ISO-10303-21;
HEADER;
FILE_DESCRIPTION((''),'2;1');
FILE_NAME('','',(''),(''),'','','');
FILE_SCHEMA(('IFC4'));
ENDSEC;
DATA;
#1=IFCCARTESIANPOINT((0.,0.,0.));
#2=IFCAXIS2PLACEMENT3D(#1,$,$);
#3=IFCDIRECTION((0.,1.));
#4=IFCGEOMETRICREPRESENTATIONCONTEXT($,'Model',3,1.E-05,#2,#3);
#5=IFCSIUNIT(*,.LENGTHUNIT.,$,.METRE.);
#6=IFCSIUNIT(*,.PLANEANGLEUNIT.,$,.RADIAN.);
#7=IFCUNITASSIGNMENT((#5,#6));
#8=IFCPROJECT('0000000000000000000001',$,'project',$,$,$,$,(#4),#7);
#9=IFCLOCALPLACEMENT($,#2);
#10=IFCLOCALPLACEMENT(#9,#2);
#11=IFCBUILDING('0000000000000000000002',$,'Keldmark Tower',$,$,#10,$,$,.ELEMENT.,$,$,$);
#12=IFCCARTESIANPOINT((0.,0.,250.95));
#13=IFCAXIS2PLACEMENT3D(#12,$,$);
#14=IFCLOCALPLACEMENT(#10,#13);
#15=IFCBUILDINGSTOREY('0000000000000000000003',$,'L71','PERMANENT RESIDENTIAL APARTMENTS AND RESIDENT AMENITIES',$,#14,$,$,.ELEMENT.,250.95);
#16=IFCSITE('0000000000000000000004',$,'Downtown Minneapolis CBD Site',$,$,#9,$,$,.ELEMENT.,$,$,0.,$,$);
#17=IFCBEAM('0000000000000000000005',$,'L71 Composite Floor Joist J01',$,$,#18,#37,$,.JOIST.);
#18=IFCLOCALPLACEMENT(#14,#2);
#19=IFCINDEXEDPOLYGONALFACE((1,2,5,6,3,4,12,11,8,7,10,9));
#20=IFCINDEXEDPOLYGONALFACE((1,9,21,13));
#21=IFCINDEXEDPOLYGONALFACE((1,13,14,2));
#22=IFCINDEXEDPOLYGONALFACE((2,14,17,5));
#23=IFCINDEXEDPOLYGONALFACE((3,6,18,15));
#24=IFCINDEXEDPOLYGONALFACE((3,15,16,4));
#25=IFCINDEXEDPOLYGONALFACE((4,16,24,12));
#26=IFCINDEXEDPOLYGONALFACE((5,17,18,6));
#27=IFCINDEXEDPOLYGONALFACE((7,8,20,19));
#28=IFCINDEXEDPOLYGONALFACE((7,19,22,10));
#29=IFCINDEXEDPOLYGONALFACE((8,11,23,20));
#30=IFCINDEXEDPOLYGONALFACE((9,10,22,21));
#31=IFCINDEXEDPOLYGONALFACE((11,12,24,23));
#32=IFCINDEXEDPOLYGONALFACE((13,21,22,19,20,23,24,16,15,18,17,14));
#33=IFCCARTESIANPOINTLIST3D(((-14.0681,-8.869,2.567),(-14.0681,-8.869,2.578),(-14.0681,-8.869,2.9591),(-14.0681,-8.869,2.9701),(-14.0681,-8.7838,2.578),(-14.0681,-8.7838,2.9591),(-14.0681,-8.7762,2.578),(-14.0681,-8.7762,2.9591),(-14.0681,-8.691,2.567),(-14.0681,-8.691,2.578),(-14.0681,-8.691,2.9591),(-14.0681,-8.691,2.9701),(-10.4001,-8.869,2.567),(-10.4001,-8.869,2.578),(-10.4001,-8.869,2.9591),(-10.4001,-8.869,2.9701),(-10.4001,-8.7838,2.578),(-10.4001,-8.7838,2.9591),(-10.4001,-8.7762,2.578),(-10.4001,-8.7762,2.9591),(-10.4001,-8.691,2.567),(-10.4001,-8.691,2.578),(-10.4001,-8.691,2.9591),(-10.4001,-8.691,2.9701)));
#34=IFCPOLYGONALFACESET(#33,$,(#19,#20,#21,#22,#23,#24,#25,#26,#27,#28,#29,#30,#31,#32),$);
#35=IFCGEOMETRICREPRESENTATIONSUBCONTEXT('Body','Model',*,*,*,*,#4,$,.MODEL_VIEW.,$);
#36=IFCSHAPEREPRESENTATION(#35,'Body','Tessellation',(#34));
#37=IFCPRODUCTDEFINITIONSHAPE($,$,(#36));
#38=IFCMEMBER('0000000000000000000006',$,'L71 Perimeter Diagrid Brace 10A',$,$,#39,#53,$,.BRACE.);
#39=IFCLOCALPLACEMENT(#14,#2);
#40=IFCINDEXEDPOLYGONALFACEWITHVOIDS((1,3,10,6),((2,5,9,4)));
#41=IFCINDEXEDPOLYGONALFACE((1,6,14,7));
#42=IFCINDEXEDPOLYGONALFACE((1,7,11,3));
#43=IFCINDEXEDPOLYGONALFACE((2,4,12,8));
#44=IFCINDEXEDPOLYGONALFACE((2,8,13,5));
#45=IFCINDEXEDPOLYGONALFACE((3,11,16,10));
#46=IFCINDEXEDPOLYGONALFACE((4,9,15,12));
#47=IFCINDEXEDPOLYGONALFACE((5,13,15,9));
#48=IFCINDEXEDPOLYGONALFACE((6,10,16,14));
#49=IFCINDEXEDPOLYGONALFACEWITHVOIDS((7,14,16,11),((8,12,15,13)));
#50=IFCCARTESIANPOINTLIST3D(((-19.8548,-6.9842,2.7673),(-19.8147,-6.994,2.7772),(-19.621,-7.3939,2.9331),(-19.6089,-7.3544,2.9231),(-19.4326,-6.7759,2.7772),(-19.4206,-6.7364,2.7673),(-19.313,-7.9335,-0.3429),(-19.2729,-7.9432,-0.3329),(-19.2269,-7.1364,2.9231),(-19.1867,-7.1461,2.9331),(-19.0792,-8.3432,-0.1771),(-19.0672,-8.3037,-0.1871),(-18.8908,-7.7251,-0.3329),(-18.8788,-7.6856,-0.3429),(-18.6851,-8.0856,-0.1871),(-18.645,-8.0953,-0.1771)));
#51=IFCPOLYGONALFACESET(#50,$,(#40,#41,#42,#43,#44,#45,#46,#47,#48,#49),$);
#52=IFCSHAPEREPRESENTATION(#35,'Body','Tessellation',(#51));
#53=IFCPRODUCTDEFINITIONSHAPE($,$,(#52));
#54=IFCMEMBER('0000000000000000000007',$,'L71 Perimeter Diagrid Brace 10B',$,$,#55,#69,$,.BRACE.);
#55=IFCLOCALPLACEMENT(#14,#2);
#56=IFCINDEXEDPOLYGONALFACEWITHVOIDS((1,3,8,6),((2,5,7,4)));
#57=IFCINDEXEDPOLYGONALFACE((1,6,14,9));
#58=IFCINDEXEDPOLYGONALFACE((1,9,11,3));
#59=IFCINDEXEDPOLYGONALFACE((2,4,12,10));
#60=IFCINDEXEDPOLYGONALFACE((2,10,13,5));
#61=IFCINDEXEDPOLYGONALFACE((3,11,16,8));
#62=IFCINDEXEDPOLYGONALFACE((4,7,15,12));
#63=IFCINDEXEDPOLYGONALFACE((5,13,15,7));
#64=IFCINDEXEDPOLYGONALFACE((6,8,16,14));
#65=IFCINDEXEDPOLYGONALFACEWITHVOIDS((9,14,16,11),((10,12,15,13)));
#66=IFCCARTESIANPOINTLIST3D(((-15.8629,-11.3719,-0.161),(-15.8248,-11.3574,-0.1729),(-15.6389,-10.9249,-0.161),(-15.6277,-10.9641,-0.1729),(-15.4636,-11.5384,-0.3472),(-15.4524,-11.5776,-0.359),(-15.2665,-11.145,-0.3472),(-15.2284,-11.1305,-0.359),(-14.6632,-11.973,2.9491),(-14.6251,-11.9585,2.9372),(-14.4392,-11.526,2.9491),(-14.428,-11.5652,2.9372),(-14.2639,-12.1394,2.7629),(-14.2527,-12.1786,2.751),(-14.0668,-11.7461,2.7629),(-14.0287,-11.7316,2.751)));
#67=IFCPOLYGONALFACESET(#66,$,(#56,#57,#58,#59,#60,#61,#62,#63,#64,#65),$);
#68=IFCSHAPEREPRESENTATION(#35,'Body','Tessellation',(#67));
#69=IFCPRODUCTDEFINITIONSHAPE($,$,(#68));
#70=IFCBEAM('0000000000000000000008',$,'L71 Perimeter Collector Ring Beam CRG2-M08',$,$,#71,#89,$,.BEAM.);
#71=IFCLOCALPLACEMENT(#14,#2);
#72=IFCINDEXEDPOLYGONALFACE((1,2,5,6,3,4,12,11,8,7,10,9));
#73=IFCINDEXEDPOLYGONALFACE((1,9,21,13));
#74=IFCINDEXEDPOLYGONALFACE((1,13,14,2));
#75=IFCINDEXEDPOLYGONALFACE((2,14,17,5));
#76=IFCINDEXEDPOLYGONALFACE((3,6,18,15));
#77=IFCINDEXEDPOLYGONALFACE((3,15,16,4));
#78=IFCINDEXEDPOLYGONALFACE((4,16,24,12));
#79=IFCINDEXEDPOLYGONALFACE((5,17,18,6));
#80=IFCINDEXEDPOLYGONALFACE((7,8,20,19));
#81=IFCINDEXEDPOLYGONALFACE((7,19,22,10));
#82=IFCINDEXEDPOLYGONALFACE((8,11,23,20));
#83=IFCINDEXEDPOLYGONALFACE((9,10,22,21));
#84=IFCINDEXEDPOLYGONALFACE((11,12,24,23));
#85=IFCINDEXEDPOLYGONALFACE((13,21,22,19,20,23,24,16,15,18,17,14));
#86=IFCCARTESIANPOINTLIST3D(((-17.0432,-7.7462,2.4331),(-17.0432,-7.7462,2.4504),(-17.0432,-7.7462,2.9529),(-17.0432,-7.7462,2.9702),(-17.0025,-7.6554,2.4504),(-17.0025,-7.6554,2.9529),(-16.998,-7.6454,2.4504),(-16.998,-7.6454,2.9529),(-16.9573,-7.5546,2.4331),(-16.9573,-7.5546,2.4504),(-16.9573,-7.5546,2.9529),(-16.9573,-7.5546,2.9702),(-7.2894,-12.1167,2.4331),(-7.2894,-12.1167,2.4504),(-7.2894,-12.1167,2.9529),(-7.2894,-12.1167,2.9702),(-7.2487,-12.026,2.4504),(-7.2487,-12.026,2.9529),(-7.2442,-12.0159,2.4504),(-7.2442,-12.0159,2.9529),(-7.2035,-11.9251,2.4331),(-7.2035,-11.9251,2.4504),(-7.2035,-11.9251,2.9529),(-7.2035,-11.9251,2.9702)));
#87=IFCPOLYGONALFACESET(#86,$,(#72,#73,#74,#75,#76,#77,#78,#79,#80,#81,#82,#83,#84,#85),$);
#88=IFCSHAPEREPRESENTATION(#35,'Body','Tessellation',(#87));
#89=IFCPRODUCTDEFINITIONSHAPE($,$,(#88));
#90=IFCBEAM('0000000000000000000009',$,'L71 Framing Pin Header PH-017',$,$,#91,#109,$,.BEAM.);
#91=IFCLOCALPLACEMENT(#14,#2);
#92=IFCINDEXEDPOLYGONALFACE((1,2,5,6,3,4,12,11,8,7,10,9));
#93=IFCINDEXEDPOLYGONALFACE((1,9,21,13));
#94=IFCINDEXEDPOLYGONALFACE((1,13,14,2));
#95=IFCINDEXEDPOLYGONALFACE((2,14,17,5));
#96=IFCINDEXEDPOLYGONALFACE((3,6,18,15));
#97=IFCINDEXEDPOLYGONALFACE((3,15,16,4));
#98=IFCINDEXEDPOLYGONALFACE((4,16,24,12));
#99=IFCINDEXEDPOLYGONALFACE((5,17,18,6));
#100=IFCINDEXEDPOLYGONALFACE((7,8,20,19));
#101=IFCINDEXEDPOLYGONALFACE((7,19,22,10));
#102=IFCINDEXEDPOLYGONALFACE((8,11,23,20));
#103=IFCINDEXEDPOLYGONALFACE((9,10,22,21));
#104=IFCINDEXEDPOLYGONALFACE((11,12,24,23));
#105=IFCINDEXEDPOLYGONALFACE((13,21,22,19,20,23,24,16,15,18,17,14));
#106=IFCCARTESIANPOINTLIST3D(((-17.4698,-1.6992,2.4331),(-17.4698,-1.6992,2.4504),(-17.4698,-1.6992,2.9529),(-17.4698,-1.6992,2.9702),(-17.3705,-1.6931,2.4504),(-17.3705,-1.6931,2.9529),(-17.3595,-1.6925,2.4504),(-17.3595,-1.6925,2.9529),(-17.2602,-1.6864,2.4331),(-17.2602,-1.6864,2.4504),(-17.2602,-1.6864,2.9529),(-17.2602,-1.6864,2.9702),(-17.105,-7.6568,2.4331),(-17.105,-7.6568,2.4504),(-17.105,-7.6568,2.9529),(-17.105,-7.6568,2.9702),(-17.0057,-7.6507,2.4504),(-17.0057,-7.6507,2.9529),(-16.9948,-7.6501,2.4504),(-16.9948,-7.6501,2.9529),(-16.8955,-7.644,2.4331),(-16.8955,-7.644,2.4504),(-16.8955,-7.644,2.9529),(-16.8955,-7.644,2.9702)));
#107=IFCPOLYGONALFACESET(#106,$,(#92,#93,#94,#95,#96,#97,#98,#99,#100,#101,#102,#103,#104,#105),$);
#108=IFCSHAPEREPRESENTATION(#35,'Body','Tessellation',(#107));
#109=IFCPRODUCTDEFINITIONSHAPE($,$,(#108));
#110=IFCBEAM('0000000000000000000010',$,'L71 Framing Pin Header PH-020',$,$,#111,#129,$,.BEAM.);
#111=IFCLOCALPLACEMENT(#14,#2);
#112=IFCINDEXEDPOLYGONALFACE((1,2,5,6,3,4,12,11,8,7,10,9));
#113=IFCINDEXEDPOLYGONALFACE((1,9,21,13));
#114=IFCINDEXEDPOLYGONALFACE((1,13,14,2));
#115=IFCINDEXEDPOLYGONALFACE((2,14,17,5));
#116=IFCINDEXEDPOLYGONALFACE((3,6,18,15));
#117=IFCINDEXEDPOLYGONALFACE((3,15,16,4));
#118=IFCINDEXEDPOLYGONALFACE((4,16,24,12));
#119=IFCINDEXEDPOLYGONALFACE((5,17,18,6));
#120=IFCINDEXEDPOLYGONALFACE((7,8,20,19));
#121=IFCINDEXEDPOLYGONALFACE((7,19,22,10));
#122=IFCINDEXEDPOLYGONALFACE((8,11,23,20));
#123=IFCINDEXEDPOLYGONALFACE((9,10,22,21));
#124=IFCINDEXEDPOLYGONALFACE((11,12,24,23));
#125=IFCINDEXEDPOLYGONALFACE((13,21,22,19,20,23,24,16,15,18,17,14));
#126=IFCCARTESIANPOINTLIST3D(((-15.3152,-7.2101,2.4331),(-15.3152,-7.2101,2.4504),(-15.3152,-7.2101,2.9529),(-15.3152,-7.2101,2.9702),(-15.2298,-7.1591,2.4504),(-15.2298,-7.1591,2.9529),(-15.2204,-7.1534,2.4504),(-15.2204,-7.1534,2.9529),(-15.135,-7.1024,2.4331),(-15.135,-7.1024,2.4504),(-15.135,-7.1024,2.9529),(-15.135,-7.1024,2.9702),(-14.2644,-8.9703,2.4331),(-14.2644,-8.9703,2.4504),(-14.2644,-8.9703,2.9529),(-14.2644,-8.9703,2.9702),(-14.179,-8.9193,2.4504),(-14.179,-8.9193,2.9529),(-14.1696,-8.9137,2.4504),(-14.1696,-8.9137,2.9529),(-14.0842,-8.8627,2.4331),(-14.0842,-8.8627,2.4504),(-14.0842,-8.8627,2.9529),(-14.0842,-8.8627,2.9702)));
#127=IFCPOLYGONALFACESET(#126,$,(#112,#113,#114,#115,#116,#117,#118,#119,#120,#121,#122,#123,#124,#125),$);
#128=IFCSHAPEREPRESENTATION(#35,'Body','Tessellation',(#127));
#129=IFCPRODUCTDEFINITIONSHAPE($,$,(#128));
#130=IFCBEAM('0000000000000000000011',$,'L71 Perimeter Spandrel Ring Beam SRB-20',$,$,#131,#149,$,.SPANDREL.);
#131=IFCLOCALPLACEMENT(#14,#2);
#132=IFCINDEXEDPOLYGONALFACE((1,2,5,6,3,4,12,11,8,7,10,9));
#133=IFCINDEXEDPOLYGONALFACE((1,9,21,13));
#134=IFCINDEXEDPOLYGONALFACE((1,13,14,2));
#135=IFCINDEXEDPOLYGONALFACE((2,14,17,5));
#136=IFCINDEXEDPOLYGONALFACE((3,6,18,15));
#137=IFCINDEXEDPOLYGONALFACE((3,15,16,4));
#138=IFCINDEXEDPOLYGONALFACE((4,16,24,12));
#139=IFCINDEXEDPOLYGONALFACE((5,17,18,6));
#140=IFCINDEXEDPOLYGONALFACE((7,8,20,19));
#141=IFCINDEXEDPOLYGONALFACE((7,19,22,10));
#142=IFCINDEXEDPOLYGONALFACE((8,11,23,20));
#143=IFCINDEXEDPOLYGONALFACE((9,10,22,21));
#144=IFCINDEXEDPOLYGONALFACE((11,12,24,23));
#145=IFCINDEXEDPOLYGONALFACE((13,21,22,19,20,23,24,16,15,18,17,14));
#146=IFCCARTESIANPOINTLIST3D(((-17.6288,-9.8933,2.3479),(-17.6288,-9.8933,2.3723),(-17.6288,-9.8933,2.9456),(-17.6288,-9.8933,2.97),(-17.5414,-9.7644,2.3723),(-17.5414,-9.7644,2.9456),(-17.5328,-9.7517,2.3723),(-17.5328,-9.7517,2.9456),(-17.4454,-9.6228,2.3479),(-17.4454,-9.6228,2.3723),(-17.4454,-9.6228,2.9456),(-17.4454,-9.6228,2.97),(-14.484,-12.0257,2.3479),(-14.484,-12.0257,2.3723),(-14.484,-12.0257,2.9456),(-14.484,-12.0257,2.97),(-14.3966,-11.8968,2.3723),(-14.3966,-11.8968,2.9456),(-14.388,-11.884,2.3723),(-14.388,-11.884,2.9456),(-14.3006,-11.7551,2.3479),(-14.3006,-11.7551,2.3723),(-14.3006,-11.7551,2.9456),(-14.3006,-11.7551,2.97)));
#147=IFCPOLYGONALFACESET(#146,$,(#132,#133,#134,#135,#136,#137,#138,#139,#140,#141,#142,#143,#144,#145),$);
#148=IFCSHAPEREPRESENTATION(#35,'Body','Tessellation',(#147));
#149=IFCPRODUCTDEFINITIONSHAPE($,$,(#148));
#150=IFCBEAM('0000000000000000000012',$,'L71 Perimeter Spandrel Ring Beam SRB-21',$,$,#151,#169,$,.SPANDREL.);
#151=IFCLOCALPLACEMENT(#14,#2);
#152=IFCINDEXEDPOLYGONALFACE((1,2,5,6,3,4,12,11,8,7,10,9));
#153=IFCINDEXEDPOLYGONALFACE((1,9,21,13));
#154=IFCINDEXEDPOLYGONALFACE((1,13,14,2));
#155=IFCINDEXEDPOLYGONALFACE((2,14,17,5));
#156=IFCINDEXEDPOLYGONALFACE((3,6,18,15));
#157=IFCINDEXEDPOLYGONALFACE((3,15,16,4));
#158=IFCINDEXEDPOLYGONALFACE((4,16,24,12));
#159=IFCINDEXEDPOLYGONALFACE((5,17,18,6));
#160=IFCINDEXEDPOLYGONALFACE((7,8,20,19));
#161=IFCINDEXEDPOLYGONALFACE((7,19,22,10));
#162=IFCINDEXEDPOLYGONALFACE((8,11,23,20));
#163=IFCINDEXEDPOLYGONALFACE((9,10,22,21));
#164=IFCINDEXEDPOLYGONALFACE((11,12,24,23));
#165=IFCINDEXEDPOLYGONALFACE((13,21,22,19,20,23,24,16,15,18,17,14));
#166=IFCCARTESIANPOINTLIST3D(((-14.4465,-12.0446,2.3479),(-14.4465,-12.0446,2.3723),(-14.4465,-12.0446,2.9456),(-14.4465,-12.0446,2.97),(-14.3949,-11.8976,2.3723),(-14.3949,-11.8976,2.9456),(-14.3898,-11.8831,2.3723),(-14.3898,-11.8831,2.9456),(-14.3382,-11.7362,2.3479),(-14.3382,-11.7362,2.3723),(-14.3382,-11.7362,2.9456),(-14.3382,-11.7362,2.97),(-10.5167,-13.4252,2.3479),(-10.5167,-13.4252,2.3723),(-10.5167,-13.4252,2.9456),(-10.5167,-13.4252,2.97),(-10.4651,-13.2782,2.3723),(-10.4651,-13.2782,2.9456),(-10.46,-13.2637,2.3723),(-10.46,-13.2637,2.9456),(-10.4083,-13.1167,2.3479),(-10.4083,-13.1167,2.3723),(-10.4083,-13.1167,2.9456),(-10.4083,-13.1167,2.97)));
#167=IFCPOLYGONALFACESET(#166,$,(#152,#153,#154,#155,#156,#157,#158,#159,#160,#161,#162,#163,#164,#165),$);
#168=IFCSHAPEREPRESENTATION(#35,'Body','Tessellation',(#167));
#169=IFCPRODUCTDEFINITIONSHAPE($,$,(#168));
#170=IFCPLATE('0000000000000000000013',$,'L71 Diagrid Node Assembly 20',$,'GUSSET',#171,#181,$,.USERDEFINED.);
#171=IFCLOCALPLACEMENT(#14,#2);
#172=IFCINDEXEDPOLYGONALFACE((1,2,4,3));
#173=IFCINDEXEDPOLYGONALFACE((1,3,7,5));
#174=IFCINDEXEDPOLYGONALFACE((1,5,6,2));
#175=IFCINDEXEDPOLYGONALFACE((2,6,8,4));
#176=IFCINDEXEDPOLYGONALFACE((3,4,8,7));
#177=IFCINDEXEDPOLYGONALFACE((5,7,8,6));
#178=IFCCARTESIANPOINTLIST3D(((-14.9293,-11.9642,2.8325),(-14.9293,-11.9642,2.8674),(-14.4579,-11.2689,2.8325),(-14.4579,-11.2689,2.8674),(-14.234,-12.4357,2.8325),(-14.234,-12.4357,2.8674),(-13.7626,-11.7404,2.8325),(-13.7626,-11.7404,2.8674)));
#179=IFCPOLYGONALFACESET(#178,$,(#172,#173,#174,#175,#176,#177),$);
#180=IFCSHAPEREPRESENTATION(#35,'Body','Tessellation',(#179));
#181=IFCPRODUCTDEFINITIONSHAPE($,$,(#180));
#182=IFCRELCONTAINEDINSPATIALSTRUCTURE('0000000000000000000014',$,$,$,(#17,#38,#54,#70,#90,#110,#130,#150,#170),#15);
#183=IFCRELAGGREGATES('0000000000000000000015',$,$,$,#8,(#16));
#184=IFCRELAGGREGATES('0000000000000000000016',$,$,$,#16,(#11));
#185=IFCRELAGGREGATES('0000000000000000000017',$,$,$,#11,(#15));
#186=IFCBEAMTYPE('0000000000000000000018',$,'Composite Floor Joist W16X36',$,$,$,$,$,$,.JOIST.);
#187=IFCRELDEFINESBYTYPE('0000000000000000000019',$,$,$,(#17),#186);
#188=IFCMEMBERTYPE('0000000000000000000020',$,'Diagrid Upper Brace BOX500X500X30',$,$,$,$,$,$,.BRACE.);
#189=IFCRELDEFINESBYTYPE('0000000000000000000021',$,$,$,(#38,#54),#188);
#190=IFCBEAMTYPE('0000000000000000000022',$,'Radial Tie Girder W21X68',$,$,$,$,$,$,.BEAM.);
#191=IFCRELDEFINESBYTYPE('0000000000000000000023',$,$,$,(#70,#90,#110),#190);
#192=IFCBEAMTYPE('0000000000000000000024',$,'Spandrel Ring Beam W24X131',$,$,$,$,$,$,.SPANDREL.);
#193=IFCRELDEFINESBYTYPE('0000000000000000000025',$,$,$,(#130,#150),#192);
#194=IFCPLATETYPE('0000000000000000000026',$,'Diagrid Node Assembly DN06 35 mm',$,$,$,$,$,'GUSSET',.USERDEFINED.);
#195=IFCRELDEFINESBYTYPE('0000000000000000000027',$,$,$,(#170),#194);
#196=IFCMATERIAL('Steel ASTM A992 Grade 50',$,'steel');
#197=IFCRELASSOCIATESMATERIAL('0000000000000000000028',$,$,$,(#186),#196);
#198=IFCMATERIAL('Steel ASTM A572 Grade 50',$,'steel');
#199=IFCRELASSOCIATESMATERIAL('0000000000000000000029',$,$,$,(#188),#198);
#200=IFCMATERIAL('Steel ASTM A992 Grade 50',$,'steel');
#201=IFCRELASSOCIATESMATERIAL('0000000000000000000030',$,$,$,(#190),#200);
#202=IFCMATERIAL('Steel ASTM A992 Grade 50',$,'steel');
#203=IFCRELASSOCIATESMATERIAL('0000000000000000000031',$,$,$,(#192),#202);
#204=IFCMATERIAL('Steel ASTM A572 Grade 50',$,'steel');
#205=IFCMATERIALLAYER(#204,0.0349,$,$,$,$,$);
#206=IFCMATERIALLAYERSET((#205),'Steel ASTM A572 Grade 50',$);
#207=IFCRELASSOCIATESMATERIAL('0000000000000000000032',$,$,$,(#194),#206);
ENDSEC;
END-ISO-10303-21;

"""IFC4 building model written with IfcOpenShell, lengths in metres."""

from ifc_helpers import new_model, si_unit, direction, frame, origin, origin_2d, place, context, subcontext, project, spatial, rectangle, hollow_rectangle, i_section, extrude, material, layer, layer_set, material_profile, profile_set, type_object, element, save


model = new_model("IFC4")

# Units and contexts
model_context = context("Model", 3, precision=1e-05, world=origin(), true_north=direction((0.0, 1.0)))
body_context = subcontext(model_context, "Body", "Model", "MODEL_VIEW")
ifc_project = project(units=[si_unit("LENGTHUNIT", "METRE"), si_unit("PLANEANGLEUNIT", "RADIAN")], contexts=[model_context])

# Site, building, storey
site_placement = place(None, origin())
site = spatial("IfcSite", under=ifc_project, at=site_placement, Name="Downtown Minneapolis CBD Site", CompositionType="ELEMENT", RefElevation=0.0)
building_placement = place(site_placement, origin())
building = spatial("IfcBuilding", under=site, at=building_placement, Name="Keldmark Tower", CompositionType="ELEMENT")
storey_placement = place(building_placement, frame((0.0, 0.0, 250.95)))
storey = spatial("IfcBuildingStorey", under=building, at=storey_placement, Name="L71", Description="PERMANENT RESIDENTIAL APARTMENTS AND RESIDENT AMENITIES", CompositionType="ELEMENT", Elevation=250.95)

# Beam
ifc_material_1 = material(Name="Steel ASTM A992 Grade 50", Category="steel")
ifc_material_profile_1 = material_profile(ifc_material_1, i_section(OverallWidth=0.178, OverallDepth=0.4031, WebThickness=0.0076, FlangeThickness=0.011, at=origin_2d()), Name="W16X36")
ifc_profile_set_1 = profile_set([ifc_material_profile_1], Name="Steel ASTM A992 Grade 50")
beam_type_1 = type_object("IfcBeamType", Name="Composite Floor Joist W16X36", PredefinedType="JOIST", material=ifc_profile_set_1)
beam_1_placement = place(storey_placement, frame((-14.0681, -8.78, 2.7686), z_axis=(1.0, 0.0, 0.0), x_axis=(0.0, 1.0, 0.0)))
element("IfcBeam", 1, at=beam_1_placement, inside=storey, type_object=beam_type_1, Name="L71 Composite Floor Joist J01", PredefinedType="JOIST", context=body_context, shape_type="SweptSolid", body=[
    extrude(i_section(OverallWidth=0.178, OverallDepth=0.4031, WebThickness=0.0076, FlangeThickness=0.011, at=origin_2d()), origin(), (0.0, 0.0, 1.0), 3.668),
])

# Members
ifc_material_2 = material(Name="Steel ASTM A572 Grade 50", Category="steel")
ifc_material_profile_2 = material_profile(ifc_material_2, hollow_rectangle(XDim=0.5, YDim=0.5, WallThickness=0.03, at=origin_2d()), Name="BOX500X500X30")
ifc_profile_set_2 = profile_set([ifc_material_profile_2], Name="Steel ASTM A572 Grade 50")
member_type = type_object("IfcMemberType", Name="Diagrid Upper Brace BOX500X500X30", PredefinedType="BRACE", material=ifc_profile_set_2)
member_1_placement = place(storey_placement, frame((-18.979, -8.0144, -0.26), z_axis=(-0.164338, 0.287943, 0.943442), x_axis=(-0.868504, -0.495682, 0.0)))
element("IfcMember", 2, at=member_1_placement, inside=storey, type_object=member_type, Name="L71 Perimeter Diagrid Brace 10A", PredefinedType="BRACE", context=body_context, shape_type="SweptSolid", body=[
    extrude(hollow_rectangle(XDim=0.5, YDim=0.5, WallThickness=0.03, at=origin_2d()), origin(), (0.0, 0.0, 1.0), 3.2966),
])
member_2_placement = place(storey_placement, frame((-15.5457, -11.2512, -0.26), z_axis=(0.354185, -0.177453, 0.918185), x_axis=(0.447941, 0.894063, 0.0)))
element("IfcMember", 3, at=member_2_placement, inside=storey, type_object=member_type, Name="L71 Perimeter Diagrid Brace 10B", PredefinedType="BRACE", context=body_context, shape_type="SweptSolid", body=[
    extrude(hollow_rectangle(XDim=0.5, YDim=0.5, WallThickness=0.03, at=origin_2d()), origin(), (0.0, 0.0, 1.0), 3.3872),
])

# Beams
ifc_material_3 = material(Name="Steel ASTM A992 Grade 50", Category="steel")
ifc_material_profile_3 = material_profile(ifc_material_3, i_section(OverallWidth=0.21, OverallDepth=0.5371, WebThickness=0.011, FlangeThickness=0.0173, at=origin_2d()), Name="W21X68")
ifc_profile_set_3 = profile_set([ifc_material_profile_3], Name="Steel ASTM A992 Grade 50")
beam_type_2 = type_object("IfcBeamType", Name="Radial Tie Girder W21X68", PredefinedType="BEAM", material=ifc_profile_set_3)
beam_2_placement = place(storey_placement, frame((-17.0002, -7.6504, 2.7017), z_axis=(0.912573, -0.408913, 0.0), x_axis=(0.408913, 0.912573, 0.0)))
element("IfcBeam", 4, at=beam_2_placement, inside=storey, type_object=beam_type_2, Name="L71 Perimeter Collector Ring Beam CRG2-M08", PredefinedType="BEAM", context=body_context, shape_type="SweptSolid", body=[
    extrude(i_section(OverallWidth=0.21, OverallDepth=0.5371, WebThickness=0.011, FlangeThickness=0.0173, at=origin_2d()), origin(), (0.0, 0.0, 1.0), 10.6882),
])
beam_3_placement = place(storey_placement, frame((-17.0002, -7.6504, 2.7017), z_axis=(-0.06111, 0.998131, 0.0), x_axis=(-0.998131, -0.06111, 0.0)))
element("IfcBeam", 5, at=beam_3_placement, inside=storey, type_object=beam_type_2, Name="L71 Framing Pin Header PH-017", PredefinedType="BEAM", context=body_context, shape_type="SweptSolid", body=[
    extrude(i_section(OverallWidth=0.21, OverallDepth=0.5371, WebThickness=0.011, FlangeThickness=0.0173, at=origin_2d()), origin(), (0.0, 0.0, 1.0), 5.9688),
])
beam_4_placement = place(storey_placement, frame((-15.2251, -7.1562, 2.7017), z_axis=(0.512568, -0.858647, 0.0), x_axis=(0.858647, 0.512568, 0.0)))
element("IfcBeam", 6, at=beam_4_placement, inside=storey, type_object=beam_type_2, Name="L71 Framing Pin Header PH-020", PredefinedType="BEAM", context=body_context, shape_type="SweptSolid", body=[
    extrude(i_section(OverallWidth=0.21, OverallDepth=0.5371, WebThickness=0.011, FlangeThickness=0.0173, at=origin_2d()), origin(), (0.0, 0.0, 1.0), 2.05),
])
ifc_material_4 = material(Name="Steel ASTM A992 Grade 50", Category="steel")
ifc_material_profile_4 = material_profile(ifc_material_4, i_section(OverallWidth=0.3269, OverallDepth=0.6221, WebThickness=0.0154, FlangeThickness=0.0244, at=origin_2d()), Name="W24X131")
ifc_profile_set_4 = profile_set([ifc_material_profile_4], Name="Steel ASTM A992 Grade 50")
beam_type_3 = type_object("IfcBeamType", Name="Spandrel Ring Beam W24X131", PredefinedType="SPANDREL", material=ifc_profile_set_4)
beam_5_placement = place(storey_placement, frame((-17.5371, -9.7581, 2.6589), z_axis=(0.827675, -0.561208, 0.0), x_axis=(0.561208, 0.827675, 0.0)))
element("IfcBeam", 7, at=beam_5_placement, inside=storey, type_object=beam_type_3, Name="L71 Perimeter Spandrel Ring Beam SRB-20", PredefinedType="SPANDREL", context=body_context, shape_type="SweptSolid", body=[
    extrude(i_section(OverallWidth=0.3269, OverallDepth=0.6221, WebThickness=0.0154, FlangeThickness=0.0244, at=origin_2d()), origin(), (0.0, 0.0, 1.0), 3.7996),
])
beam_6_placement = place(storey_placement, frame((-14.3923, -11.8904, 2.6589), z_axis=(0.943473, -0.331449, 0.0), x_axis=(0.331449, 0.943473, 0.0)))
element("IfcBeam", 8, at=beam_6_placement, inside=storey, type_object=beam_type_3, Name="L71 Perimeter Spandrel Ring Beam SRB-21", PredefinedType="SPANDREL", context=body_context, shape_type="SweptSolid", body=[
    extrude(i_section(OverallWidth=0.3269, OverallDepth=0.6221, WebThickness=0.0154, FlangeThickness=0.0244, at=origin_2d()), origin(), (0.0, 0.0, 1.0), 4.1653),
])

# Plate
ifc_material_5 = material(Name="Steel ASTM A572 Grade 50", Category="steel")
ifc_layer_1 = layer(ifc_material_5, 0.0349)
ifc_layer_set_1 = layer_set([ifc_layer_1], Name="Steel ASTM A572 Grade 50")
plate_type = type_object("IfcPlateType", Name="Diagrid Node Assembly DN06 35 mm", ElementType="GUSSET", PredefinedType="USERDEFINED", material=ifc_layer_set_1)
plate_placement = place(storey_placement, frame((-14.3459, -11.8523, 2.8325), z_axis=(0.0, 0.0, 1.0), x_axis=(0.827669, -0.561217, 0.0)))
element("IfcPlate", 9, at=plate_placement, inside=storey, type_object=plate_type, Name="L71 Diagrid Node Assembly 20", ObjectType="GUSSET", PredefinedType="USERDEFINED", context=body_context, shape_type="SweptSolid", body=[
    extrude(rectangle(XDim=0.8401, YDim=0.8401, at=origin_2d()), origin(), (0.0, 0.0, 1.0), 0.0349),
])

save(model, "model.ifc")
